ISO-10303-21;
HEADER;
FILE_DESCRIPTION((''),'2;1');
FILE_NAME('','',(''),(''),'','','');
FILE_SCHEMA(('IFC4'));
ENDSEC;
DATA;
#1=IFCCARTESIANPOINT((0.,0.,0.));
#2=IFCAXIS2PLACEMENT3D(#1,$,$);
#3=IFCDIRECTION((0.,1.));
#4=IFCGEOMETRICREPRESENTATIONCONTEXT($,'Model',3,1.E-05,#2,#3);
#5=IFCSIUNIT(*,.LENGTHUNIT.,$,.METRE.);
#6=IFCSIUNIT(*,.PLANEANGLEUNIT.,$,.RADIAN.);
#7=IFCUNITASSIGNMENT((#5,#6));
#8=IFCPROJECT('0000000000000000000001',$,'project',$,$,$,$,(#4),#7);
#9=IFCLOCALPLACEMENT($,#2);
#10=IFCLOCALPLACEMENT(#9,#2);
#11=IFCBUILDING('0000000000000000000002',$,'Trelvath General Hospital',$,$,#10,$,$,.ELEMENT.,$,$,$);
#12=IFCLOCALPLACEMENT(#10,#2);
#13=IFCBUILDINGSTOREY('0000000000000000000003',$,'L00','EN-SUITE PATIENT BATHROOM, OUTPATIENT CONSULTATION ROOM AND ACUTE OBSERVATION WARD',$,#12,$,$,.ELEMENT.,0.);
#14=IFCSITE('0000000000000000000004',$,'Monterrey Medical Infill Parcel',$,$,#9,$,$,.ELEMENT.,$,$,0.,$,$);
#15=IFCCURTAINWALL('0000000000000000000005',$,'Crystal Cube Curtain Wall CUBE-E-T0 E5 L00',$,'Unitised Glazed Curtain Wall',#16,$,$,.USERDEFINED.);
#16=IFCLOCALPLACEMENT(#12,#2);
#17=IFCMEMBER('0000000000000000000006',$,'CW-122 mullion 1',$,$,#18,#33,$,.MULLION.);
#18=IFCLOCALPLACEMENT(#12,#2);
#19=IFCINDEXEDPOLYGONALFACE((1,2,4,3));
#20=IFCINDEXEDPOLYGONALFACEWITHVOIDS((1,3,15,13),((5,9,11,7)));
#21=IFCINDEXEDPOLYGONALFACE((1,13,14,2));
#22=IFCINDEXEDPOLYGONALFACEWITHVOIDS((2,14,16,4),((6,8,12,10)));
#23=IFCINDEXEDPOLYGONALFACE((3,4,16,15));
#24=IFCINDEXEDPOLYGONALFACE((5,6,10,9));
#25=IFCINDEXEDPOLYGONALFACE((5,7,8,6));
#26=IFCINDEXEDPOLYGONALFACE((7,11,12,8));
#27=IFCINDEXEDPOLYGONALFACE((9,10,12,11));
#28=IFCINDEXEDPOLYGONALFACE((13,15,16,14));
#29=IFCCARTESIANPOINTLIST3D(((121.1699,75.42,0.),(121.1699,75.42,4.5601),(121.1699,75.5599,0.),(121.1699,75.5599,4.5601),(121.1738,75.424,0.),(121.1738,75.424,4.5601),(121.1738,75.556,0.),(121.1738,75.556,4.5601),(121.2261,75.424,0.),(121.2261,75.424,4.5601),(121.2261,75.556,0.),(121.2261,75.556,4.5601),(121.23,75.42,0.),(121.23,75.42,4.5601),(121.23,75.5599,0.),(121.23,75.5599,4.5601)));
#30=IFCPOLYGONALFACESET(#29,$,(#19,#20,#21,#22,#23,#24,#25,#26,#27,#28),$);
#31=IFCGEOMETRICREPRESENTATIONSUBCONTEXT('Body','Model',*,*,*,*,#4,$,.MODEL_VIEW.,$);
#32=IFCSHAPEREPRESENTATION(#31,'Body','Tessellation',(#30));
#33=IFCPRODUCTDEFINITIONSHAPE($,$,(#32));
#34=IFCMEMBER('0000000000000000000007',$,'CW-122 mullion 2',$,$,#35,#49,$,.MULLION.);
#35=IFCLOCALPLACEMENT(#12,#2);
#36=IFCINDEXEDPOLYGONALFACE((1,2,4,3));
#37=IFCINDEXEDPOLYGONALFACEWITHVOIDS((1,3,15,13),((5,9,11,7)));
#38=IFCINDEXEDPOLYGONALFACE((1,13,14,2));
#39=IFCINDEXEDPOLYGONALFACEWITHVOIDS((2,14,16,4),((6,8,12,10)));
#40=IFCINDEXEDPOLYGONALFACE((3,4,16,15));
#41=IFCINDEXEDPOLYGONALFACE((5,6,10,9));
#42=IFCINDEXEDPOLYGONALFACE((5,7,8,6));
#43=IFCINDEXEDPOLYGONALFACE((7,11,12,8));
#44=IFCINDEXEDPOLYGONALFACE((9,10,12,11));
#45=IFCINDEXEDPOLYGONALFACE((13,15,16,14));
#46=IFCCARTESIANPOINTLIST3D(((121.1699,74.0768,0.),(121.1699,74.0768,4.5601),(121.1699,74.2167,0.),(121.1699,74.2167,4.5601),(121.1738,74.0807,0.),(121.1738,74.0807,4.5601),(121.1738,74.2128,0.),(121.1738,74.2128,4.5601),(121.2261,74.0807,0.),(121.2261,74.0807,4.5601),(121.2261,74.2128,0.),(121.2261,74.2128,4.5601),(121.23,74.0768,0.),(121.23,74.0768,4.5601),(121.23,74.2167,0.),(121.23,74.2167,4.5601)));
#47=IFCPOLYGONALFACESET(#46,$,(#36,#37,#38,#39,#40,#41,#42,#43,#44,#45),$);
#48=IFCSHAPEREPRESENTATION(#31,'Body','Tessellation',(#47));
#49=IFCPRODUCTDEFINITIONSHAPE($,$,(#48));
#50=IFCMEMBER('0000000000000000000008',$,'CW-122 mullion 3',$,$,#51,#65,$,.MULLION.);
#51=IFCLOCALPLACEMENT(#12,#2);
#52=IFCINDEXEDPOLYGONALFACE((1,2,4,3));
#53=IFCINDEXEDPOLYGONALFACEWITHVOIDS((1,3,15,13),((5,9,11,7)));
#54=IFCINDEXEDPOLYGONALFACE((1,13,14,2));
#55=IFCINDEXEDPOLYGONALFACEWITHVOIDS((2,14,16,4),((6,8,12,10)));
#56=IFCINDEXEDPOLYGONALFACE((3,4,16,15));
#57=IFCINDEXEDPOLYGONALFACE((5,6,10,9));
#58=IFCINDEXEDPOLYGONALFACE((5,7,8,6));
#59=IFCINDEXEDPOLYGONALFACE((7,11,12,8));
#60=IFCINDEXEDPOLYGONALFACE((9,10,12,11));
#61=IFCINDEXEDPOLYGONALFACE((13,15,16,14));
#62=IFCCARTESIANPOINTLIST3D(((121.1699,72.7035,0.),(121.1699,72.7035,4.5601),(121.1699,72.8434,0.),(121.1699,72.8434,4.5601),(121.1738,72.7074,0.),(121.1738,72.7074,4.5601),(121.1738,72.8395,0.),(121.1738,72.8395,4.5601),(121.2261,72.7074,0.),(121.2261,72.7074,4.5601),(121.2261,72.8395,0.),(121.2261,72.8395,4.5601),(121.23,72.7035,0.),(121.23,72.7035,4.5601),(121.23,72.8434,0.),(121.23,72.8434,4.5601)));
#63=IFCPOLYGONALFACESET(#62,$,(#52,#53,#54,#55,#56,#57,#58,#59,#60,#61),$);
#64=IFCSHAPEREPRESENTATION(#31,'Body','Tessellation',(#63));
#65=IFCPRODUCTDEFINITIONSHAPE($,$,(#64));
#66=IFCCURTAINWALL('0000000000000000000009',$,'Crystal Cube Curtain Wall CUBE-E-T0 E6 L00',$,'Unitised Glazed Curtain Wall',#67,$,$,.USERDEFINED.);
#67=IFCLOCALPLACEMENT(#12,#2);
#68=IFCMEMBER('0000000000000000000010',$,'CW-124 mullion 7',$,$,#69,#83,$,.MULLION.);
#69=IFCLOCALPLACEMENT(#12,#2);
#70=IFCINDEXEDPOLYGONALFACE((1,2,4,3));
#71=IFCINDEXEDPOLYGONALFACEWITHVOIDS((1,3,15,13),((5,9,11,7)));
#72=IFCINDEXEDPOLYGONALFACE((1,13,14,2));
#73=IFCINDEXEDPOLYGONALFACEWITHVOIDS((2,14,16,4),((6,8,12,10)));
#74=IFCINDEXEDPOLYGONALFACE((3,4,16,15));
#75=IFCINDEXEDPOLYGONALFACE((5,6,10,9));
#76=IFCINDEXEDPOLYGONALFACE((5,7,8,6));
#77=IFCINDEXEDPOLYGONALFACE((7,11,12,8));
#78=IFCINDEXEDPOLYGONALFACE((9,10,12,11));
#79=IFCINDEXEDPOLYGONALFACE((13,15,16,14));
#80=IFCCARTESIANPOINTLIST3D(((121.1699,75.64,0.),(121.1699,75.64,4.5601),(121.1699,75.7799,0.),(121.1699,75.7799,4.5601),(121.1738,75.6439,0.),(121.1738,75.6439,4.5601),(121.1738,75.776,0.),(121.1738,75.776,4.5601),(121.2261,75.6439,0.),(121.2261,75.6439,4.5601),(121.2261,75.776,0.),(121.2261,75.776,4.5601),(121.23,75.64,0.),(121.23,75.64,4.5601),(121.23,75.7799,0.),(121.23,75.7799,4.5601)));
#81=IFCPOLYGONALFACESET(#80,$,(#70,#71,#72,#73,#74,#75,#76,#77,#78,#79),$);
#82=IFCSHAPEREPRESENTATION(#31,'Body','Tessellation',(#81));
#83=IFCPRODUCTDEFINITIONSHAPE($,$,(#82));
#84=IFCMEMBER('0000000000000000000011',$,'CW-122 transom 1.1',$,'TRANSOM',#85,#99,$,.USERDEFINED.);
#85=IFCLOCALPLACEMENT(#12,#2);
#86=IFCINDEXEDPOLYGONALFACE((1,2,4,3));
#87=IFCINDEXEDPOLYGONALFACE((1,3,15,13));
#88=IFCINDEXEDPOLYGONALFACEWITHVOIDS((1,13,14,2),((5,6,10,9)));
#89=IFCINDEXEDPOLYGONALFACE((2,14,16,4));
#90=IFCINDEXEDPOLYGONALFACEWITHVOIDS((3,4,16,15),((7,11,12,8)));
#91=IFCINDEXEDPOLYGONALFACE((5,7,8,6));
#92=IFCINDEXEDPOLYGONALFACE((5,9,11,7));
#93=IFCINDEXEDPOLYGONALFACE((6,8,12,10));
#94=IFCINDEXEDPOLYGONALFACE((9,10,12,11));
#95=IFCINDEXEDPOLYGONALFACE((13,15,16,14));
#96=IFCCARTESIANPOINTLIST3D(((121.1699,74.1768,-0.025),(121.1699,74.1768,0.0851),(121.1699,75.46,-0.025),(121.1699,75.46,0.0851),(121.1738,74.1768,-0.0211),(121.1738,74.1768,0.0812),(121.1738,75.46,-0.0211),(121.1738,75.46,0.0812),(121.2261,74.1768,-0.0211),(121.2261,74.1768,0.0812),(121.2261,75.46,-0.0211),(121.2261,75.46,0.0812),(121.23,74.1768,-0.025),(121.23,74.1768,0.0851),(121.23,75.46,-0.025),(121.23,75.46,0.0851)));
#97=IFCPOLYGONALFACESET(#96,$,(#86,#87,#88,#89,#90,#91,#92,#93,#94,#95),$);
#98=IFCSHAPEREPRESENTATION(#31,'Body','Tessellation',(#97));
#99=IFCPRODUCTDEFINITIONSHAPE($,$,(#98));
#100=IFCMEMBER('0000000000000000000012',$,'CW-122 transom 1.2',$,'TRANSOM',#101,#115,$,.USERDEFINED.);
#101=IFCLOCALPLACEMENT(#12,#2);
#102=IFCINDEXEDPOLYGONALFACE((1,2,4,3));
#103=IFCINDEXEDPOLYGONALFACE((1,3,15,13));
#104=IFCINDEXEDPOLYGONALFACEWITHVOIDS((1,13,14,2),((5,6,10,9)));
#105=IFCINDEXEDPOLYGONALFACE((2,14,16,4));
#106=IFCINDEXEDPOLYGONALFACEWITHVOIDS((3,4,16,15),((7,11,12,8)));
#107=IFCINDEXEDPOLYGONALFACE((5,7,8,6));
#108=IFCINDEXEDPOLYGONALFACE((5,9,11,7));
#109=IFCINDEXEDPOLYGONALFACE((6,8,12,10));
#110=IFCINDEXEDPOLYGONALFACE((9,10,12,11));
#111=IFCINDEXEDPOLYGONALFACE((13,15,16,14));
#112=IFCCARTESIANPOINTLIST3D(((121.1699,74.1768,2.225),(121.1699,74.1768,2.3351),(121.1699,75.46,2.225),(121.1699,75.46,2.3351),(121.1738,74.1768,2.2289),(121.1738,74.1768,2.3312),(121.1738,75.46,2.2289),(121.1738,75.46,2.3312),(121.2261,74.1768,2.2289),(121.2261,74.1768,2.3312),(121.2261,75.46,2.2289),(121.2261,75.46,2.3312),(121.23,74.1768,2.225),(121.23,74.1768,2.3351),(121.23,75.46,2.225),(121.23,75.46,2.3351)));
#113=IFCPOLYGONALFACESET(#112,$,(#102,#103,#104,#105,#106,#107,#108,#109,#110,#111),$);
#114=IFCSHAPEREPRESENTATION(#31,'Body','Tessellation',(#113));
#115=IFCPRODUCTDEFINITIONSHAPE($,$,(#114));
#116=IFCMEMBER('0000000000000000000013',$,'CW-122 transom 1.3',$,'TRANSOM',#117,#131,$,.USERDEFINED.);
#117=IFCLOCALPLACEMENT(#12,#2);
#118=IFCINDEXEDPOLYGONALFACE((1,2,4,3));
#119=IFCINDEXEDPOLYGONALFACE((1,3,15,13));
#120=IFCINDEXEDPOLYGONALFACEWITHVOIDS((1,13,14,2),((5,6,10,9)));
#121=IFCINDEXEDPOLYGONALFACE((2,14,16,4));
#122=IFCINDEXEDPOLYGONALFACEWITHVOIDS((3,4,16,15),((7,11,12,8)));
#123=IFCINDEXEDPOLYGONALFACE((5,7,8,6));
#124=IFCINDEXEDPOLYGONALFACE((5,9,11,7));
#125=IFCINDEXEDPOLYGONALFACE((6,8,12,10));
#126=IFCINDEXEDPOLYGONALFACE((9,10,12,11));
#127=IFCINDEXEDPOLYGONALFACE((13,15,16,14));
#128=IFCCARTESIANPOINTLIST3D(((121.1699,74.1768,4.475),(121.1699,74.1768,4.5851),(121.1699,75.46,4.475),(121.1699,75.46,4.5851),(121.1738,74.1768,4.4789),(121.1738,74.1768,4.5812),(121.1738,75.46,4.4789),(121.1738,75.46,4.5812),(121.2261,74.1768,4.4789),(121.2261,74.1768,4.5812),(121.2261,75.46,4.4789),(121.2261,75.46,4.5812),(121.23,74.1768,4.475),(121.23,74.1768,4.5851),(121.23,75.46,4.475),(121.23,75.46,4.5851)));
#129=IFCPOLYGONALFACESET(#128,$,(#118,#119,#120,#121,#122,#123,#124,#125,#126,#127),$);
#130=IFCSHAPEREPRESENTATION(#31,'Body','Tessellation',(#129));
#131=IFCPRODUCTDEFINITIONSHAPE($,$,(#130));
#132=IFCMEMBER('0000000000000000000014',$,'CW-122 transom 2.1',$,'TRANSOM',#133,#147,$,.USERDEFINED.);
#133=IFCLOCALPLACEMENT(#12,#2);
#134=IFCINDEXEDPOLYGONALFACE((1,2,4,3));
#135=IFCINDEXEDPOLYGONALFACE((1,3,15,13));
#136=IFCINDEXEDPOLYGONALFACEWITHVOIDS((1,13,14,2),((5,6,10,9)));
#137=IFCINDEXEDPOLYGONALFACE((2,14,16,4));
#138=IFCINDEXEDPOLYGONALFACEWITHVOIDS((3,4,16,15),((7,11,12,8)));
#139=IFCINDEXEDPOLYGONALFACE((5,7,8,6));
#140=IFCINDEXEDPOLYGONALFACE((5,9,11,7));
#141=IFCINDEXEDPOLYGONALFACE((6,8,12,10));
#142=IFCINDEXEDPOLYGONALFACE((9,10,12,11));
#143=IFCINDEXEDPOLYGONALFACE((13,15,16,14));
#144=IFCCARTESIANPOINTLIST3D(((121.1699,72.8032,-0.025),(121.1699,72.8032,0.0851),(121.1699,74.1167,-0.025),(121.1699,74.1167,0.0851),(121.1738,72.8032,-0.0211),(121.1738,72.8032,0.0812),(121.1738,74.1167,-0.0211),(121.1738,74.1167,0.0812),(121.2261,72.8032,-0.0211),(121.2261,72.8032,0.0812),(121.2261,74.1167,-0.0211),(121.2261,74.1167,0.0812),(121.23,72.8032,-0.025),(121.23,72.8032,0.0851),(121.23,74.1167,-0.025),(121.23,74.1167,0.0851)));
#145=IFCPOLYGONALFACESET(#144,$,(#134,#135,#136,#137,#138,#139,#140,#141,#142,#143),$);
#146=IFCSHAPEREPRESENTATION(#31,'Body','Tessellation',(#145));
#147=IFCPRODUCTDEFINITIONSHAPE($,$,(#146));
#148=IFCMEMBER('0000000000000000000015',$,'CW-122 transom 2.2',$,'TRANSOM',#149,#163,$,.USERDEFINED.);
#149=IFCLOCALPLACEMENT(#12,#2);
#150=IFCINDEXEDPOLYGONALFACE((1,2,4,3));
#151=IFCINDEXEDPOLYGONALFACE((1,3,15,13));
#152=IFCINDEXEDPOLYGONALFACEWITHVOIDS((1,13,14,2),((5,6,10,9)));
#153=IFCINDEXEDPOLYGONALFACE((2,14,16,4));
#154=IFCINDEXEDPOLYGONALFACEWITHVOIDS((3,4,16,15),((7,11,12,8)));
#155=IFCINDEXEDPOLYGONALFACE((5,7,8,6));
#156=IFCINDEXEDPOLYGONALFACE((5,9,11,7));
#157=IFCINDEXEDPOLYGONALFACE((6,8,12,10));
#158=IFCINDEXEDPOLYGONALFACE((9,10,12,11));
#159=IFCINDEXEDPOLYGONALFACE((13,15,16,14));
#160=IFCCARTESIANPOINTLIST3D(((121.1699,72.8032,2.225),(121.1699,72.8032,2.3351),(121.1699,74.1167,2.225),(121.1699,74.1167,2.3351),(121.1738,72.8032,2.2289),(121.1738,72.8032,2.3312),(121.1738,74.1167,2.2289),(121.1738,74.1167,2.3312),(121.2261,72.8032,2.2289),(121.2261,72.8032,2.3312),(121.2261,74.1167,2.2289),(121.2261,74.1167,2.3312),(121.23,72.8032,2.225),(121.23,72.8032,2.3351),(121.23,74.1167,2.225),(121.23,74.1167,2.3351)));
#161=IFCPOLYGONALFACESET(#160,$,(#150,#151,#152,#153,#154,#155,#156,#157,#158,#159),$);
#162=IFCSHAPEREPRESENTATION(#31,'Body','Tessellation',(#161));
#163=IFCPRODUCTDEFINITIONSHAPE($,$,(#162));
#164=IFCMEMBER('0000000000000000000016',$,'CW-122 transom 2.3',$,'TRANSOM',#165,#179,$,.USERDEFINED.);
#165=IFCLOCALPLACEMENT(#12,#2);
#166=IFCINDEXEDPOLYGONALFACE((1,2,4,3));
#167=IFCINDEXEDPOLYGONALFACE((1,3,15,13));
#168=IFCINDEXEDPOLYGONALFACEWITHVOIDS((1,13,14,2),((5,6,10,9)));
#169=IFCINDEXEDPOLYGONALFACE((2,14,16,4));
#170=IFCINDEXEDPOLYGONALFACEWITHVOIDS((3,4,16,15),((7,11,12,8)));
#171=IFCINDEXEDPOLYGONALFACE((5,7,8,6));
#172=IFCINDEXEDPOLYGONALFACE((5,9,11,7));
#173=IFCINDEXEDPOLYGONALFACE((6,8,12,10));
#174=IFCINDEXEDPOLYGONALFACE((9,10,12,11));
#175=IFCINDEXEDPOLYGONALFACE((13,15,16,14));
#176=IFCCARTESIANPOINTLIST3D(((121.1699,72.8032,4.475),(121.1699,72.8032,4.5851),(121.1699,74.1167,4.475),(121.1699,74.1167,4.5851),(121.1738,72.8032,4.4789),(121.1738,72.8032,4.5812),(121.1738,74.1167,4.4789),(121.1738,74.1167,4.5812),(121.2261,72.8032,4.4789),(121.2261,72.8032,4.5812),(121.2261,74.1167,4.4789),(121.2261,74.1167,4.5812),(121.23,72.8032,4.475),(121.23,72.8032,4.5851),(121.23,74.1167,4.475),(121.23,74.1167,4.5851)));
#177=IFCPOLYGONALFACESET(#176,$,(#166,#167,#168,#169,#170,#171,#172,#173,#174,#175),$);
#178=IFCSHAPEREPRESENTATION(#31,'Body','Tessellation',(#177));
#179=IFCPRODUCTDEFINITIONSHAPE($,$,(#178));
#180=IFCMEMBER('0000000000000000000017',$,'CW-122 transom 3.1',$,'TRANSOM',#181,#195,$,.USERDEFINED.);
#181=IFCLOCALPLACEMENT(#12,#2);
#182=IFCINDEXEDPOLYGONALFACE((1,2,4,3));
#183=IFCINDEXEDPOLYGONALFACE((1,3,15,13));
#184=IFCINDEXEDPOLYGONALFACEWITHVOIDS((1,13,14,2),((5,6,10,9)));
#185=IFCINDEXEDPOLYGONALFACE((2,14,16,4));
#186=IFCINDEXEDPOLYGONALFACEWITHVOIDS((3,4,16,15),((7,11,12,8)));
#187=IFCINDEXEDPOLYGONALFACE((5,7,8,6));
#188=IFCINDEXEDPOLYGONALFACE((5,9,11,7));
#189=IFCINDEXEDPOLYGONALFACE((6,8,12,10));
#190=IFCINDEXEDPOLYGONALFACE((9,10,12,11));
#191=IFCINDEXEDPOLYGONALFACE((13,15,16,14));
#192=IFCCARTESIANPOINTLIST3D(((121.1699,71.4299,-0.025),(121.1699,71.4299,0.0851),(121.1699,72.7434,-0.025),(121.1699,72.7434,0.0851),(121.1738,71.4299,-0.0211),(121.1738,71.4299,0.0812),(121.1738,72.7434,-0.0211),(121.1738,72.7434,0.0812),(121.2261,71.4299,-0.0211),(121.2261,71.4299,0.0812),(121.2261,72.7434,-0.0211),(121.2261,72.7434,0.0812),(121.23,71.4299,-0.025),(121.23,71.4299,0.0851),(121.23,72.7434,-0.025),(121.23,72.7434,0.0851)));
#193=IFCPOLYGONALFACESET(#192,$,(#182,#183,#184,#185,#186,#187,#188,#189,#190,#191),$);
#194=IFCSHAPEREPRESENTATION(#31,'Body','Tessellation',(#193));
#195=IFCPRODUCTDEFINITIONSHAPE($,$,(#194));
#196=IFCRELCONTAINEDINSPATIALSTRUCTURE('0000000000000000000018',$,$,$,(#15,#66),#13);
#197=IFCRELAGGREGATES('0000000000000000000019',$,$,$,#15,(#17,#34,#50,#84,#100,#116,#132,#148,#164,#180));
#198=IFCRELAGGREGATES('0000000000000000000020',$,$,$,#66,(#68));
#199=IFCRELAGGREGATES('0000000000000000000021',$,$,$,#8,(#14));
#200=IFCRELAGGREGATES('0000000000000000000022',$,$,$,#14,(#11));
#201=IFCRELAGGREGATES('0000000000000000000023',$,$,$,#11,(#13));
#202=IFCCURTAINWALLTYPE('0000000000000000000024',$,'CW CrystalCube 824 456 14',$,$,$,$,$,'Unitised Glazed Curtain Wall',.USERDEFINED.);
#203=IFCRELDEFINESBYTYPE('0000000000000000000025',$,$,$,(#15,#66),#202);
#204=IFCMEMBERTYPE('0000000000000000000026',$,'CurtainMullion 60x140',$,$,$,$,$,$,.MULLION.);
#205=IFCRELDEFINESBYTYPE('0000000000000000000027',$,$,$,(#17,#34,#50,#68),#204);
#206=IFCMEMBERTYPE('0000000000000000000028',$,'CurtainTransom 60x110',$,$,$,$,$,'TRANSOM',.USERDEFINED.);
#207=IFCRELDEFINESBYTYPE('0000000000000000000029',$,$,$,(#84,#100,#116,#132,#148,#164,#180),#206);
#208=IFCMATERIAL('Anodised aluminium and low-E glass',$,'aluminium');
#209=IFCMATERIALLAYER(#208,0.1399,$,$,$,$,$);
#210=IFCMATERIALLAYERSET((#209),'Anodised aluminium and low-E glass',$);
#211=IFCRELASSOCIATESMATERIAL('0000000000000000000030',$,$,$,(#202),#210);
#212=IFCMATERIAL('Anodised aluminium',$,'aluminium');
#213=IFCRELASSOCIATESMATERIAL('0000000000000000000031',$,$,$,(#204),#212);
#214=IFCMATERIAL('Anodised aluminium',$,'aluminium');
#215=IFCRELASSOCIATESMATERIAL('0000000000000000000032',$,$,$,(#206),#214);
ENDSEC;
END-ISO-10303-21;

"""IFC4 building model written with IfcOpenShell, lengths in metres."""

from ifc_helpers import new_model, si_unit, direction, frame, origin, origin_2d, place, context, subcontext, project, spatial, hollow_rectangle, extrude, material, layer, layer_set, material_profile, profile_set, type_object, element, aggregate, save


model = new_model("IFC4")

# Units and contexts
model_context = context("Model", 3, precision=1e-05, world=origin(), true_north=direction((0.0, 1.0)))
body_context = subcontext(model_context, "Body", "Model", "MODEL_VIEW")
ifc_project = project(units=[si_unit("LENGTHUNIT", "METRE"), si_unit("PLANEANGLEUNIT", "RADIAN")], contexts=[model_context])

# Site, building, storey
site_placement = place(None, origin())
site = spatial("IfcSite", under=ifc_project, at=site_placement, Name="Monterrey Medical Infill Parcel", CompositionType="ELEMENT", RefElevation=0.0)
building_placement = place(site_placement, origin())
building = spatial("IfcBuilding", under=site, at=building_placement, Name="Trelvath General Hospital", CompositionType="ELEMENT")
storey_placement = place(building_placement, origin())
storey = spatial("IfcBuildingStorey", under=building, at=storey_placement, Name="L00", Description="EN-SUITE PATIENT BATHROOM, OUTPATIENT CONSULTATION ROOM AND ACUTE OBSERVATION WARD", CompositionType="ELEMENT", Elevation=0.0)

# Curtain wall, members
ifc_material_1 = material(Name="Anodised aluminium and low-E glass", Category="aluminium")
ifc_layer_1 = layer(ifc_material_1, 0.1399)
ifc_layer_set_1 = layer_set([ifc_layer_1], Name="Anodised aluminium and low-E glass")
curtain_wall_type = type_object("IfcCurtainWallType", Name="CW CrystalCube 824 456 14", ElementType="Unitised Glazed Curtain Wall", PredefinedType="USERDEFINED", material=ifc_layer_set_1)
curtain_wall_1_placement = place(storey_placement, origin())
curtain_wall_1 = element("IfcCurtainWall", 1, at=curtain_wall_1_placement, inside=storey, type_object=curtain_wall_type, Name="Crystal Cube Curtain Wall CUBE-E-T0 E5 L00", ObjectType="Unitised Glazed Curtain Wall", PredefinedType="USERDEFINED")
ifc_material_2 = material(Name="Anodised aluminium", Category="aluminium")
ifc_material_profile_1 = material_profile(ifc_material_2, hollow_rectangle(XDim=0.0601, YDim=0.1399, WallThickness=0.0039, at=origin_2d()), Name="RHS60x140x4")
ifc_profile_set_1 = profile_set([ifc_material_profile_1], Name="Anodised aluminium")
member_type_1 = type_object("IfcMemberType", Name="CurtainMullion 60x140", PredefinedType="MULLION", material=ifc_profile_set_1)
member_1_placement = place(storey_placement, frame((121.2, 75.49, 0.0), z_axis=(0.0, 0.0, 1.0), x_axis=(1.0, 0.0, 0.0)))
member_1 = element("IfcMember", 2, at=member_1_placement, type_object=member_type_1, Name="CW-122 mullion 1", PredefinedType="MULLION", context=body_context, shape_type="SweptSolid", body=[
    extrude(hollow_rectangle(XDim=0.0601, YDim=0.1399, WallThickness=0.0039, at=origin_2d()), origin(), (0.0, 0.0, 1.0), 4.5601),
])
member_2_placement = place(storey_placement, frame((121.2, 74.1467, 0.0), z_axis=(0.0, 0.0, 1.0), x_axis=(1.0, 0.0, 0.0)))
member_2 = element("IfcMember", 3, at=member_2_placement, type_object=member_type_1, Name="CW-122 mullion 2", PredefinedType="MULLION", context=body_context, shape_type="SweptSolid", body=[
    extrude(hollow_rectangle(XDim=0.0601, YDim=0.1399, WallThickness=0.0039, at=origin_2d()), origin(), (0.0, 0.0, 1.0), 4.5601),
])
member_3_placement = place(storey_placement, frame((121.2, 72.7734, 0.0), z_axis=(0.0, 0.0, 1.0), x_axis=(1.0, 0.0, 0.0)))
member_3 = element("IfcMember", 4, at=member_3_placement, type_object=member_type_1, Name="CW-122 mullion 3", PredefinedType="MULLION", context=body_context, shape_type="SweptSolid", body=[
    extrude(hollow_rectangle(XDim=0.0601, YDim=0.1399, WallThickness=0.0039, at=origin_2d()), origin(), (0.0, 0.0, 1.0), 4.5601),
])

# Curtain wall, member
curtain_wall_2_placement = place(storey_placement, origin())
curtain_wall_2 = element("IfcCurtainWall", 5, at=curtain_wall_2_placement, inside=storey, type_object=curtain_wall_type, Name="Crystal Cube Curtain Wall CUBE-E-T0 E6 L00", ObjectType="Unitised Glazed Curtain Wall", PredefinedType="USERDEFINED")
member_4_placement = place(storey_placement, frame((121.2, 75.71, 0.0), z_axis=(0.0, 0.0, 1.0), x_axis=(1.0, 0.0, 0.0)))
member_4 = element("IfcMember", 6, at=member_4_placement, type_object=member_type_1, Name="CW-124 mullion 7", PredefinedType="MULLION", context=body_context, shape_type="SweptSolid", body=[
    extrude(hollow_rectangle(XDim=0.0601, YDim=0.1399, WallThickness=0.0039, at=origin_2d()), origin(), (0.0, 0.0, 1.0), 4.5601),
])

# Members
ifc_material_3 = material(Name="Anodised aluminium", Category="aluminium")
ifc_material_profile_2 = material_profile(ifc_material_3, hollow_rectangle(XDim=0.0601, YDim=0.1101, WallThickness=0.0039, at=origin_2d()), Name="RHS60x110x4")
ifc_profile_set_2 = profile_set([ifc_material_profile_2], Name="Anodised aluminium")
member_type_2 = type_object("IfcMemberType", Name="CurtainTransom 60x110", ElementType="TRANSOM", PredefinedType="USERDEFINED", material=ifc_profile_set_2)
member_5_placement = place(storey_placement, frame((121.2, 75.46, 0.03), z_axis=(0.0, -1.0, 0.0), x_axis=(1.0, 0.0, 0.0)))
member_5 = element("IfcMember", 7, at=member_5_placement, type_object=member_type_2, Name="CW-122 transom 1.1", ObjectType="TRANSOM", PredefinedType="USERDEFINED", context=body_context, shape_type="SweptSolid", body=[
    extrude(hollow_rectangle(XDim=0.0601, YDim=0.1101, WallThickness=0.0039, at=origin_2d()), origin(), (0.0, 0.0, 1.0), 1.2832),
])
member_6_placement = place(storey_placement, frame((121.2, 75.46, 2.28), z_axis=(0.0, -1.0, 0.0), x_axis=(1.0, 0.0, 0.0)))
member_6 = element("IfcMember", 8, at=member_6_placement, type_object=member_type_2, Name="CW-122 transom 1.2", ObjectType="TRANSOM", PredefinedType="USERDEFINED", context=body_context, shape_type="SweptSolid", body=[
    extrude(hollow_rectangle(XDim=0.0601, YDim=0.1101, WallThickness=0.0039, at=origin_2d()), origin(), (0.0, 0.0, 1.0), 1.2832),
])
member_7_placement = place(storey_placement, frame((121.2, 75.46, 4.53), z_axis=(0.0, -1.0, 0.0), x_axis=(1.0, 0.0, 0.0)))
member_7 = element("IfcMember", 9, at=member_7_placement, type_object=member_type_2, Name="CW-122 transom 1.3", ObjectType="TRANSOM", PredefinedType="USERDEFINED", context=body_context, shape_type="SweptSolid", body=[
    extrude(hollow_rectangle(XDim=0.0601, YDim=0.1101, WallThickness=0.0039, at=origin_2d()), origin(), (0.0, 0.0, 1.0), 1.2832),
])
member_8_placement = place(storey_placement, frame((121.2, 74.1167, 0.03), z_axis=(0.0, -1.0, 0.0), x_axis=(1.0, 0.0, 0.0)))
member_8 = element("IfcMember", 10, at=member_8_placement, type_object=member_type_2, Name="CW-122 transom 2.1", ObjectType="TRANSOM", PredefinedType="USERDEFINED", context=body_context, shape_type="SweptSolid", body=[
    extrude(hollow_rectangle(XDim=0.0601, YDim=0.1101, WallThickness=0.0039, at=origin_2d()), origin(), (0.0, 0.0, 1.0), 1.3135),
])
member_9_placement = place(storey_placement, frame((121.2, 74.1167, 2.28), z_axis=(0.0, -1.0, 0.0), x_axis=(1.0, 0.0, 0.0)))
member_9 = element("IfcMember", 11, at=member_9_placement, type_object=member_type_2, Name="CW-122 transom 2.2", ObjectType="TRANSOM", PredefinedType="USERDEFINED", context=body_context, shape_type="SweptSolid", body=[
    extrude(hollow_rectangle(XDim=0.0601, YDim=0.1101, WallThickness=0.0039, at=origin_2d()), origin(), (0.0, 0.0, 1.0), 1.3135),
])
member_10_placement = place(storey_placement, frame((121.2, 74.1167, 4.53), z_axis=(0.0, -1.0, 0.0), x_axis=(1.0, 0.0, 0.0)))
member_10 = element("IfcMember", 12, at=member_10_placement, type_object=member_type_2, Name="CW-122 transom 2.3", ObjectType="TRANSOM", PredefinedType="USERDEFINED", context=body_context, shape_type="SweptSolid", body=[
    extrude(hollow_rectangle(XDim=0.0601, YDim=0.1101, WallThickness=0.0039, at=origin_2d()), origin(), (0.0, 0.0, 1.0), 1.3135),
])
member_11_placement = place(storey_placement, frame((121.2, 72.7434, 0.03), z_axis=(0.0, -1.0, 0.0), x_axis=(1.0, 0.0, 0.0)))
member_11 = element("IfcMember", 13, at=member_11_placement, type_object=member_type_2, Name="CW-122 transom 3.1", ObjectType="TRANSOM", PredefinedType="USERDEFINED", context=body_context, shape_type="SweptSolid", body=[
    extrude(hollow_rectangle(XDim=0.0601, YDim=0.1101, WallThickness=0.0039, at=origin_2d()), origin(), (0.0, 0.0, 1.0), 1.3135),
])

aggregate(curtain_wall_1, [member_1, member_2, member_3, member_5, member_6, member_7, member_8, member_9, member_10, member_11])
aggregate(curtain_wall_2, [member_4])

save(model, "model.ifc")
